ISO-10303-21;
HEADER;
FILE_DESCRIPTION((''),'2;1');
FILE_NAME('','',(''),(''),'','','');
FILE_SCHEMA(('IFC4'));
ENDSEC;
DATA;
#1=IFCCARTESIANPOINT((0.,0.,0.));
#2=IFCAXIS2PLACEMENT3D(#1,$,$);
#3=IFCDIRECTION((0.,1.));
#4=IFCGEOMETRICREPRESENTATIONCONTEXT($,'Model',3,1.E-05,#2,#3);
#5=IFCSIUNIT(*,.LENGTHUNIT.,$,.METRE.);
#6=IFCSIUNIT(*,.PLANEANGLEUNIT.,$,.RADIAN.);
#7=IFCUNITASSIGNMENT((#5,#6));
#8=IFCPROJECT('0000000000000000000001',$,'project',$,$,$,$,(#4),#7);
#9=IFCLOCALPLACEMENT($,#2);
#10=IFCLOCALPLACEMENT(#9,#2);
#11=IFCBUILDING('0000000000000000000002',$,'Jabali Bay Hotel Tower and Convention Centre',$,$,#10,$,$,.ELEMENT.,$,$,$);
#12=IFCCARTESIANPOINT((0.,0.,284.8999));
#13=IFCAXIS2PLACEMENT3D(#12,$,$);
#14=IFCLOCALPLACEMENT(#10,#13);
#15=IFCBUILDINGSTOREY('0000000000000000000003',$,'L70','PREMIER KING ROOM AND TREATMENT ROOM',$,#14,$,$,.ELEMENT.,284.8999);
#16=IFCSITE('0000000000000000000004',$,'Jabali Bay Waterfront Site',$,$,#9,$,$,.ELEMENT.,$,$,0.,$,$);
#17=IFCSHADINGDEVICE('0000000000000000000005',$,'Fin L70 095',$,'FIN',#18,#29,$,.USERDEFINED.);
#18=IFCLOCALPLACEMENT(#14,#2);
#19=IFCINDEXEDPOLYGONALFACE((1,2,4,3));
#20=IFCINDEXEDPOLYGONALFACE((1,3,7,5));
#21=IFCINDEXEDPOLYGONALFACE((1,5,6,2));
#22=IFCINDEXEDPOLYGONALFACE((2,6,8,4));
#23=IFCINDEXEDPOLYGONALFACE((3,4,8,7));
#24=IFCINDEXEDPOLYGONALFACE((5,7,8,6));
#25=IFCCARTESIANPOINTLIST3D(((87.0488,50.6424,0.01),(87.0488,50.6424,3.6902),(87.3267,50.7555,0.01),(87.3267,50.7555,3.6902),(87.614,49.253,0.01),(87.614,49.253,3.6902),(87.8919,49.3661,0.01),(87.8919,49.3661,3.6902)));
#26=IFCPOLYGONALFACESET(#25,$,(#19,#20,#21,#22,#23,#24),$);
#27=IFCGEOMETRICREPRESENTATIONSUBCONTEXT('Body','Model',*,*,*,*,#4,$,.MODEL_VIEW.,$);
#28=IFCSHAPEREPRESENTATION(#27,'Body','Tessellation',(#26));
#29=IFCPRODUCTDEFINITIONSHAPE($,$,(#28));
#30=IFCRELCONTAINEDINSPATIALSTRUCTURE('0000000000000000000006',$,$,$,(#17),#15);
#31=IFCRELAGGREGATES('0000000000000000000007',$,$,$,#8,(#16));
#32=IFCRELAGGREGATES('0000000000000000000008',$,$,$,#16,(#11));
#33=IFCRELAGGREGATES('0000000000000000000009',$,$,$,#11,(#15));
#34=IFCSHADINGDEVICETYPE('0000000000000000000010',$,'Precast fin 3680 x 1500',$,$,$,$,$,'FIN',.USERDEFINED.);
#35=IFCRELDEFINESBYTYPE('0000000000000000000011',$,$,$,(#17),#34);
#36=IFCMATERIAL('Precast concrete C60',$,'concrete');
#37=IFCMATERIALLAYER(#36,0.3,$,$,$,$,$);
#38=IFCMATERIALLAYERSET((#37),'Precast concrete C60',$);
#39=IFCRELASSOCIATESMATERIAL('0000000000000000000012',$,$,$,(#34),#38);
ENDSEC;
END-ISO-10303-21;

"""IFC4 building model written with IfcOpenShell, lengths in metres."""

from ifc_helpers import new_model, si_unit, direction, frame, frame_2d, origin, place, context, subcontext, project, spatial, rectangle, extrude, material, layer, layer_set, type_object, element, save


model = new_model("IFC4")

# Units and contexts
model_context = context("Model", 3, precision=1e-05, world=origin(), true_north=direction((0.0, 1.0)))
body_context = subcontext(model_context, "Body", "Model", "MODEL_VIEW")
ifc_project = project(units=[si_unit("LENGTHUNIT", "METRE"), si_unit("PLANEANGLEUNIT", "RADIAN")], contexts=[model_context])

# Site, building, storey
site_placement = place(None, origin())
site = spatial("IfcSite", under=ifc_project, at=site_placement, Name="Jabali Bay Waterfront Site", CompositionType="ELEMENT", RefElevation=0.0)
building_placement = place(site_placement, origin())
building = spatial("IfcBuilding", under=site, at=building_placement, Name="Jabali Bay Hotel Tower and Convention Centre", CompositionType="ELEMENT")
storey_placement = place(building_placement, frame((0.0, 0.0, 284.8999)))
storey = spatial("IfcBuildingStorey", under=building, at=storey_placement, Name="L70", Description="PREMIER KING ROOM AND TREATMENT ROOM", CompositionType="ELEMENT", Elevation=284.8999)

# Shading device
ifc_material_1 = material(Name="Precast concrete C60", Category="concrete")
ifc_layer_1 = layer(ifc_material_1, 0.3)
ifc_layer_set_1 = layer_set([ifc_layer_1], Name="Precast concrete C60")
shading_device_type_1 = type_object("IfcShadingDeviceType", Name="Precast fin 3680 x 1500", ElementType="FIN", PredefinedType="USERDEFINED", material=ifc_layer_set_1)
for number, where, z_axis, x_axis, name in (
    (1, (87.1877, 50.699, 0.01), (0.0, 0.0, 1.0), (0.3768, -0.926294, 0.0), "Fin L70 095"),
):
    element("IfcShadingDevice", number, at=place(storey_placement, frame(where, z_axis=z_axis, x_axis=x_axis)), inside=storey, type_object=shading_device_type_1, Name=name, ObjectType="FIN", PredefinedType="USERDEFINED", context=body_context, shape_type="SweptSolid", body=[
        extrude(rectangle(XDim=1.5, YDim=0.3, at=frame_2d((0.75, 0.0))), origin(), (0.0, 0.0, 1.0), 3.6802),
    ])

save(model, "model.ifc")
